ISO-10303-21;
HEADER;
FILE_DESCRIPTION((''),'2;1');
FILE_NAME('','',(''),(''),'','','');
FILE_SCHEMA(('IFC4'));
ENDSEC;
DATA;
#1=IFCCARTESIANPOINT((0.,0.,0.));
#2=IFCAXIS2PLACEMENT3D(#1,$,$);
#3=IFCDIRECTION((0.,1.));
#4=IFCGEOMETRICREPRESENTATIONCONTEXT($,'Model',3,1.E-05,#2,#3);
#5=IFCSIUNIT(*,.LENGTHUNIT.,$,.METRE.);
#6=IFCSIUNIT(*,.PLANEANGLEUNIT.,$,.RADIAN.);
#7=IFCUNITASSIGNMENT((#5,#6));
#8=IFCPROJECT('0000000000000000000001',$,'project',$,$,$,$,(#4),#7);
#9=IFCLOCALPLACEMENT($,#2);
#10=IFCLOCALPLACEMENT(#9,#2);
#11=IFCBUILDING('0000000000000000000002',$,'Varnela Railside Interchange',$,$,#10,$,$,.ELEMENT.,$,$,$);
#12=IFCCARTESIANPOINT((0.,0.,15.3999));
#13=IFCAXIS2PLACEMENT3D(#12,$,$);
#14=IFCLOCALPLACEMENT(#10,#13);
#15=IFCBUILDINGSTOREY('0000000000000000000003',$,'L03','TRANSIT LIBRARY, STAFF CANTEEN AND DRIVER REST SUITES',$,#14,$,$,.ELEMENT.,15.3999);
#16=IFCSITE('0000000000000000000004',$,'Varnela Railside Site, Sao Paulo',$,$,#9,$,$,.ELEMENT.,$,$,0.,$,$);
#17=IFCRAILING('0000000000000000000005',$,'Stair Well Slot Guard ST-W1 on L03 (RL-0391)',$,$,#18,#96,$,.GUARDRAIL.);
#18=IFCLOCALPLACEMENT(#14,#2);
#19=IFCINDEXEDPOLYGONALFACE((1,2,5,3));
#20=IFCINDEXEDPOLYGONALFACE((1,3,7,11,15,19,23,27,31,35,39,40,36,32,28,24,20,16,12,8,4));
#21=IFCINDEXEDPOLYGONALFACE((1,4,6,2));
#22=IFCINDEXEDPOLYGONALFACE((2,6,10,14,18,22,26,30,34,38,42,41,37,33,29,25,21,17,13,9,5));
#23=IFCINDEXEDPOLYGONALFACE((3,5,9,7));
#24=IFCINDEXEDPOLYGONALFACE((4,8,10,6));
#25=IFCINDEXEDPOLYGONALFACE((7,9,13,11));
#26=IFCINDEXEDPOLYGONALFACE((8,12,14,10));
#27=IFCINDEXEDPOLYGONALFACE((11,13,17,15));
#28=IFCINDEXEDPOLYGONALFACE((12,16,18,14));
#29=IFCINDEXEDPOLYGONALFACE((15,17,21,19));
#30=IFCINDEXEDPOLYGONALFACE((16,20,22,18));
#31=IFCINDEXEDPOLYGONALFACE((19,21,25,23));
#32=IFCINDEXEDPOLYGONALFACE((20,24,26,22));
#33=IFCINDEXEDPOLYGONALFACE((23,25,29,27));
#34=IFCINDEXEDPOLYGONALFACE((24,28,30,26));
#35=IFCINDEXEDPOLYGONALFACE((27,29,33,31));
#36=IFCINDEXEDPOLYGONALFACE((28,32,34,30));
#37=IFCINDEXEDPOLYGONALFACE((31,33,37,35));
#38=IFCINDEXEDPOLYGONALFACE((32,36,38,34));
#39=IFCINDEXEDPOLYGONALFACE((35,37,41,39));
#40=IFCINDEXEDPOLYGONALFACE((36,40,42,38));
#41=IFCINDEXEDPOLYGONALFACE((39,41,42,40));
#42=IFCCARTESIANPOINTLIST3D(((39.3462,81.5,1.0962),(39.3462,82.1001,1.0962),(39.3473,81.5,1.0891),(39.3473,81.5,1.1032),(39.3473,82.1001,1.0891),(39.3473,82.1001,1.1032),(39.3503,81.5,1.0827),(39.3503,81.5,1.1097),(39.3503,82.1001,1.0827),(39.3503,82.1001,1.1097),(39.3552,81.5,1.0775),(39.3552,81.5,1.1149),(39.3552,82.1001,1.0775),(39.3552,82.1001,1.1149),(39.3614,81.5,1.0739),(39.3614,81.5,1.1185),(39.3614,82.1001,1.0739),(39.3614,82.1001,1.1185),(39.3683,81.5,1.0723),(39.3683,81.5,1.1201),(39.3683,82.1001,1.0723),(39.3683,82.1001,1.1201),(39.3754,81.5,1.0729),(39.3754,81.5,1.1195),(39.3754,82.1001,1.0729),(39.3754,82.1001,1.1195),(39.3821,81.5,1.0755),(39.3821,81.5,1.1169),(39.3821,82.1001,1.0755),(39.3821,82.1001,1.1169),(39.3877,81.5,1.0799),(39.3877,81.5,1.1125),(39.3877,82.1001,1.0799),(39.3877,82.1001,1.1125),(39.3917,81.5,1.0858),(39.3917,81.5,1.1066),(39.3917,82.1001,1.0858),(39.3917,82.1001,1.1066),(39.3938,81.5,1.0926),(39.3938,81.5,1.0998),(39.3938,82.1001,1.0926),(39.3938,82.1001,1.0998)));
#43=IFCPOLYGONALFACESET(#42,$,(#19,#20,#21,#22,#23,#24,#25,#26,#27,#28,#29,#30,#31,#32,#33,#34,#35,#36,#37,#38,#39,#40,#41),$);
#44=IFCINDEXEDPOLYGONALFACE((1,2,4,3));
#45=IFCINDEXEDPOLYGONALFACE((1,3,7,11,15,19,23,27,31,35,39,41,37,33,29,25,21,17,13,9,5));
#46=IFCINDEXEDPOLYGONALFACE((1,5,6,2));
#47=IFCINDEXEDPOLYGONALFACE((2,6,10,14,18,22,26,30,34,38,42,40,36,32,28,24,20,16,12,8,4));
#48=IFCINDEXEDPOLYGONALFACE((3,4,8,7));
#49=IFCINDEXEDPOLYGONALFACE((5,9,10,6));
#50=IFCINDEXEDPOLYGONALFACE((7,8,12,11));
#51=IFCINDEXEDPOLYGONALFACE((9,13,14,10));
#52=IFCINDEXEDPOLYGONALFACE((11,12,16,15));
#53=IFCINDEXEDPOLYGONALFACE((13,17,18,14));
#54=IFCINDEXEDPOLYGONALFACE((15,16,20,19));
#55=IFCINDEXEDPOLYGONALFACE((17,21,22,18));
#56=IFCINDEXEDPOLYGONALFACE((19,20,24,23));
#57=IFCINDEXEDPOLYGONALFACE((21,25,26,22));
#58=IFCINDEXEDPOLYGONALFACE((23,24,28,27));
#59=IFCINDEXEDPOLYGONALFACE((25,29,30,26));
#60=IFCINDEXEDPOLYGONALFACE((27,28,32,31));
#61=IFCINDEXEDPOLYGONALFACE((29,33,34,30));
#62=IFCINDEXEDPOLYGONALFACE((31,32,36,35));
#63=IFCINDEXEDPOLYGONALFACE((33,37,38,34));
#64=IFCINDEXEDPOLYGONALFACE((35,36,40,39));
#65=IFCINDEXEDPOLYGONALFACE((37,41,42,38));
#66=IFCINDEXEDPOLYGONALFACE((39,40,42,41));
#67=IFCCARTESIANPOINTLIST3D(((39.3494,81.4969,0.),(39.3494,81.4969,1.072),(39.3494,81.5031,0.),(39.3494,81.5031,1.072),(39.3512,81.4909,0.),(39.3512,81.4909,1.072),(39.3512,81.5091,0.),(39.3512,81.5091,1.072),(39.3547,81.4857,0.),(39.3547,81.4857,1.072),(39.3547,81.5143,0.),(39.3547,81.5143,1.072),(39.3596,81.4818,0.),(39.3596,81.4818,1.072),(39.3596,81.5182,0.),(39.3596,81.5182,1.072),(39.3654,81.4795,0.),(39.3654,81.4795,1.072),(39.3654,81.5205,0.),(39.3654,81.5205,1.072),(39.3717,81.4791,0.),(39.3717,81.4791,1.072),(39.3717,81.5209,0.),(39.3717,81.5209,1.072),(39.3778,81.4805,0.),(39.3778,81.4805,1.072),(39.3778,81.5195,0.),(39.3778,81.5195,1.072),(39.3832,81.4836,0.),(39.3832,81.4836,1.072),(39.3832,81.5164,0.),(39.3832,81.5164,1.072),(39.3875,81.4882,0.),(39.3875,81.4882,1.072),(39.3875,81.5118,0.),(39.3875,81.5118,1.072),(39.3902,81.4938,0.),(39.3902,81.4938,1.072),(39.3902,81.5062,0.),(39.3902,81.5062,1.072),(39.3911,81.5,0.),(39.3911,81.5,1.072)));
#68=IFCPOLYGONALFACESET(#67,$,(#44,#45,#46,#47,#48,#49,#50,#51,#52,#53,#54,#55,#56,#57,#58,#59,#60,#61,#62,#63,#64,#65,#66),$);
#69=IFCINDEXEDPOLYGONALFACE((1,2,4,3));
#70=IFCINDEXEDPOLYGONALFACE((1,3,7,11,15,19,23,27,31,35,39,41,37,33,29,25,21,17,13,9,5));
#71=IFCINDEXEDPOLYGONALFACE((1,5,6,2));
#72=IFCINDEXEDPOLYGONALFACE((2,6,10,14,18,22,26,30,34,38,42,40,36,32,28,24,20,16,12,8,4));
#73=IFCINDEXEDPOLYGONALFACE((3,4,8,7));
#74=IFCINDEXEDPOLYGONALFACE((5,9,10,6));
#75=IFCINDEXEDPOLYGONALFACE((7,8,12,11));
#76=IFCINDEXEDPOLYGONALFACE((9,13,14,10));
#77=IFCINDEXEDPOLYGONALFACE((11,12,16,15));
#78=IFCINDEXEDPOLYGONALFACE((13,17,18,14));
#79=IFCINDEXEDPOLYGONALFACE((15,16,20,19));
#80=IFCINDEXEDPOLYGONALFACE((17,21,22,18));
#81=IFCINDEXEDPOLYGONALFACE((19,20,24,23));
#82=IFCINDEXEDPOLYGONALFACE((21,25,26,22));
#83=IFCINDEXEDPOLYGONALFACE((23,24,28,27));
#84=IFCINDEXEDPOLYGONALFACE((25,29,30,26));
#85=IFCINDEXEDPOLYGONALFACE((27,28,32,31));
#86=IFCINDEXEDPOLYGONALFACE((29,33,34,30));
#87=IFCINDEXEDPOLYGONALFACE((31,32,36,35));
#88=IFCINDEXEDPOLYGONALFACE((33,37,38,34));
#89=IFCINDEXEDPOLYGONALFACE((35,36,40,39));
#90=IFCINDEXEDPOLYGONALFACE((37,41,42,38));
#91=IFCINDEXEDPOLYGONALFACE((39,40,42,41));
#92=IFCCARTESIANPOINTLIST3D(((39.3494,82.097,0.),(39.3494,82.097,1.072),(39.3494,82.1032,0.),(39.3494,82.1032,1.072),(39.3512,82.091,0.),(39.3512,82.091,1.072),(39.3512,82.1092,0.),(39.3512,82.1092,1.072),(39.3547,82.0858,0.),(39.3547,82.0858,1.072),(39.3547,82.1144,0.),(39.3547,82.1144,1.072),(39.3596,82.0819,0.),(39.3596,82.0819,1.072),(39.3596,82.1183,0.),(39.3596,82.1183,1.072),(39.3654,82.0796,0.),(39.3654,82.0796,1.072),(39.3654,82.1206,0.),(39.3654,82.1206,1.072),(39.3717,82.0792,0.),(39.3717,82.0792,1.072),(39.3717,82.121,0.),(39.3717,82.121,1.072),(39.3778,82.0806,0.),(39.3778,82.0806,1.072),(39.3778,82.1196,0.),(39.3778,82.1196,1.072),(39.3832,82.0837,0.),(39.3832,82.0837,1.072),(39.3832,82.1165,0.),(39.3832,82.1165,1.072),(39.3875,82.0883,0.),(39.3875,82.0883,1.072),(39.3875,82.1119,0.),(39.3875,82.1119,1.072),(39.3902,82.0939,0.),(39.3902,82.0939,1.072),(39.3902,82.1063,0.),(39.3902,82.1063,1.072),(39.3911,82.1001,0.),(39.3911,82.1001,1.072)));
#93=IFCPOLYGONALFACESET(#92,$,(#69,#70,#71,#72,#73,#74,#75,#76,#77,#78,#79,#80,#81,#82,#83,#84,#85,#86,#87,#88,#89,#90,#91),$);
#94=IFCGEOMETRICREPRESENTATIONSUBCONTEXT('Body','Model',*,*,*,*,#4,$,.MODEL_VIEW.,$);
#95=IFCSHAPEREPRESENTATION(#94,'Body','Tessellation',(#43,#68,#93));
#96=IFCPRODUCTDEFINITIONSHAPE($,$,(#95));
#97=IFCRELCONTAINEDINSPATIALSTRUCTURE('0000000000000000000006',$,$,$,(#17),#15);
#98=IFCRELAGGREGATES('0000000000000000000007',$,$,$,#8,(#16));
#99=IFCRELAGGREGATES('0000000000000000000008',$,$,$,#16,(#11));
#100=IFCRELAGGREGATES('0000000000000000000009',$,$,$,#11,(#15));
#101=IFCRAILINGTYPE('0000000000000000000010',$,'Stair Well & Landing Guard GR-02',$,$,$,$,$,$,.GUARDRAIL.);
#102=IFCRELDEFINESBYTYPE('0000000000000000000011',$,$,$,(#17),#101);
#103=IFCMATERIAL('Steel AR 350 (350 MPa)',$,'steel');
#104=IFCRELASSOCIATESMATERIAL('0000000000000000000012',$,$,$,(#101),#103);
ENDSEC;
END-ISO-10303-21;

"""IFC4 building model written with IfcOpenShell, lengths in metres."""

from ifc_helpers import new_model, si_unit, direction, frame, origin, origin_2d, place, context, subcontext, project, spatial, circle, extrude, material, type_object, element, save


model = new_model("IFC4")

# Units and contexts
model_context = context("Model", 3, precision=1e-05, world=origin(), true_north=direction((0.0, 1.0)))
body_context = subcontext(model_context, "Body", "Model", "MODEL_VIEW")
ifc_project = project(units=[si_unit("LENGTHUNIT", "METRE"), si_unit("PLANEANGLEUNIT", "RADIAN")], contexts=[model_context])

# Site, building, storey
site_placement = place(None, origin())
site = spatial("IfcSite", under=ifc_project, at=site_placement, Name="Varnela Railside Site, Sao Paulo", CompositionType="ELEMENT", RefElevation=0.0)
building_placement = place(site_placement, origin())
building = spatial("IfcBuilding", under=site, at=building_placement, Name="Varnela Railside Interchange", CompositionType="ELEMENT")
storey_placement = place(building_placement, frame((0.0, 0.0, 15.3999)))
storey = spatial("IfcBuildingStorey", under=building, at=storey_placement, Name="L03", Description="TRANSIT LIBRARY, STAFF CANTEEN AND DRIVER REST SUITES", CompositionType="ELEMENT", Elevation=15.3999)

# Shared definitions
ifc_material_1 = material(Name="Steel AR 350 (350 MPa)", Category="steel")

# Railing
railing_type_1 = type_object("IfcRailingType", Name="Stair Well & Landing Guard GR-02", PredefinedType="GUARDRAIL", material=ifc_material_1)
railing_1_placement = place(storey_placement, frame((39.3701, 81.5, 0.0)))
element("IfcRailing", 1, at=railing_1_placement, inside=storey, type_object=railing_type_1, Name="Stair Well Slot Guard ST-W1 on L03 (RL-0391)", PredefinedType="GUARDRAIL", context=body_context, shape_type="SweptSolid", body=[
    extrude(circle(Radius=0.0239, at=origin_2d()), frame((0.0, 0.0, 1.0962), z_axis=(0.0, 1.0, 0.0), x_axis=(-1.0, 0.0, 0.0)), (0.0, 0.0, 1.0), 0.6001),
    extrude(circle(Radius=0.021, at=origin_2d()), origin(), (0.0, 0.0, 1.0), 1.072),
    extrude(circle(Radius=0.021, at=origin_2d()), frame((0.0, 0.6001, 0.0)), (0.0, 0.0, 1.0), 1.072),
])

save(model, "model.ifc")
